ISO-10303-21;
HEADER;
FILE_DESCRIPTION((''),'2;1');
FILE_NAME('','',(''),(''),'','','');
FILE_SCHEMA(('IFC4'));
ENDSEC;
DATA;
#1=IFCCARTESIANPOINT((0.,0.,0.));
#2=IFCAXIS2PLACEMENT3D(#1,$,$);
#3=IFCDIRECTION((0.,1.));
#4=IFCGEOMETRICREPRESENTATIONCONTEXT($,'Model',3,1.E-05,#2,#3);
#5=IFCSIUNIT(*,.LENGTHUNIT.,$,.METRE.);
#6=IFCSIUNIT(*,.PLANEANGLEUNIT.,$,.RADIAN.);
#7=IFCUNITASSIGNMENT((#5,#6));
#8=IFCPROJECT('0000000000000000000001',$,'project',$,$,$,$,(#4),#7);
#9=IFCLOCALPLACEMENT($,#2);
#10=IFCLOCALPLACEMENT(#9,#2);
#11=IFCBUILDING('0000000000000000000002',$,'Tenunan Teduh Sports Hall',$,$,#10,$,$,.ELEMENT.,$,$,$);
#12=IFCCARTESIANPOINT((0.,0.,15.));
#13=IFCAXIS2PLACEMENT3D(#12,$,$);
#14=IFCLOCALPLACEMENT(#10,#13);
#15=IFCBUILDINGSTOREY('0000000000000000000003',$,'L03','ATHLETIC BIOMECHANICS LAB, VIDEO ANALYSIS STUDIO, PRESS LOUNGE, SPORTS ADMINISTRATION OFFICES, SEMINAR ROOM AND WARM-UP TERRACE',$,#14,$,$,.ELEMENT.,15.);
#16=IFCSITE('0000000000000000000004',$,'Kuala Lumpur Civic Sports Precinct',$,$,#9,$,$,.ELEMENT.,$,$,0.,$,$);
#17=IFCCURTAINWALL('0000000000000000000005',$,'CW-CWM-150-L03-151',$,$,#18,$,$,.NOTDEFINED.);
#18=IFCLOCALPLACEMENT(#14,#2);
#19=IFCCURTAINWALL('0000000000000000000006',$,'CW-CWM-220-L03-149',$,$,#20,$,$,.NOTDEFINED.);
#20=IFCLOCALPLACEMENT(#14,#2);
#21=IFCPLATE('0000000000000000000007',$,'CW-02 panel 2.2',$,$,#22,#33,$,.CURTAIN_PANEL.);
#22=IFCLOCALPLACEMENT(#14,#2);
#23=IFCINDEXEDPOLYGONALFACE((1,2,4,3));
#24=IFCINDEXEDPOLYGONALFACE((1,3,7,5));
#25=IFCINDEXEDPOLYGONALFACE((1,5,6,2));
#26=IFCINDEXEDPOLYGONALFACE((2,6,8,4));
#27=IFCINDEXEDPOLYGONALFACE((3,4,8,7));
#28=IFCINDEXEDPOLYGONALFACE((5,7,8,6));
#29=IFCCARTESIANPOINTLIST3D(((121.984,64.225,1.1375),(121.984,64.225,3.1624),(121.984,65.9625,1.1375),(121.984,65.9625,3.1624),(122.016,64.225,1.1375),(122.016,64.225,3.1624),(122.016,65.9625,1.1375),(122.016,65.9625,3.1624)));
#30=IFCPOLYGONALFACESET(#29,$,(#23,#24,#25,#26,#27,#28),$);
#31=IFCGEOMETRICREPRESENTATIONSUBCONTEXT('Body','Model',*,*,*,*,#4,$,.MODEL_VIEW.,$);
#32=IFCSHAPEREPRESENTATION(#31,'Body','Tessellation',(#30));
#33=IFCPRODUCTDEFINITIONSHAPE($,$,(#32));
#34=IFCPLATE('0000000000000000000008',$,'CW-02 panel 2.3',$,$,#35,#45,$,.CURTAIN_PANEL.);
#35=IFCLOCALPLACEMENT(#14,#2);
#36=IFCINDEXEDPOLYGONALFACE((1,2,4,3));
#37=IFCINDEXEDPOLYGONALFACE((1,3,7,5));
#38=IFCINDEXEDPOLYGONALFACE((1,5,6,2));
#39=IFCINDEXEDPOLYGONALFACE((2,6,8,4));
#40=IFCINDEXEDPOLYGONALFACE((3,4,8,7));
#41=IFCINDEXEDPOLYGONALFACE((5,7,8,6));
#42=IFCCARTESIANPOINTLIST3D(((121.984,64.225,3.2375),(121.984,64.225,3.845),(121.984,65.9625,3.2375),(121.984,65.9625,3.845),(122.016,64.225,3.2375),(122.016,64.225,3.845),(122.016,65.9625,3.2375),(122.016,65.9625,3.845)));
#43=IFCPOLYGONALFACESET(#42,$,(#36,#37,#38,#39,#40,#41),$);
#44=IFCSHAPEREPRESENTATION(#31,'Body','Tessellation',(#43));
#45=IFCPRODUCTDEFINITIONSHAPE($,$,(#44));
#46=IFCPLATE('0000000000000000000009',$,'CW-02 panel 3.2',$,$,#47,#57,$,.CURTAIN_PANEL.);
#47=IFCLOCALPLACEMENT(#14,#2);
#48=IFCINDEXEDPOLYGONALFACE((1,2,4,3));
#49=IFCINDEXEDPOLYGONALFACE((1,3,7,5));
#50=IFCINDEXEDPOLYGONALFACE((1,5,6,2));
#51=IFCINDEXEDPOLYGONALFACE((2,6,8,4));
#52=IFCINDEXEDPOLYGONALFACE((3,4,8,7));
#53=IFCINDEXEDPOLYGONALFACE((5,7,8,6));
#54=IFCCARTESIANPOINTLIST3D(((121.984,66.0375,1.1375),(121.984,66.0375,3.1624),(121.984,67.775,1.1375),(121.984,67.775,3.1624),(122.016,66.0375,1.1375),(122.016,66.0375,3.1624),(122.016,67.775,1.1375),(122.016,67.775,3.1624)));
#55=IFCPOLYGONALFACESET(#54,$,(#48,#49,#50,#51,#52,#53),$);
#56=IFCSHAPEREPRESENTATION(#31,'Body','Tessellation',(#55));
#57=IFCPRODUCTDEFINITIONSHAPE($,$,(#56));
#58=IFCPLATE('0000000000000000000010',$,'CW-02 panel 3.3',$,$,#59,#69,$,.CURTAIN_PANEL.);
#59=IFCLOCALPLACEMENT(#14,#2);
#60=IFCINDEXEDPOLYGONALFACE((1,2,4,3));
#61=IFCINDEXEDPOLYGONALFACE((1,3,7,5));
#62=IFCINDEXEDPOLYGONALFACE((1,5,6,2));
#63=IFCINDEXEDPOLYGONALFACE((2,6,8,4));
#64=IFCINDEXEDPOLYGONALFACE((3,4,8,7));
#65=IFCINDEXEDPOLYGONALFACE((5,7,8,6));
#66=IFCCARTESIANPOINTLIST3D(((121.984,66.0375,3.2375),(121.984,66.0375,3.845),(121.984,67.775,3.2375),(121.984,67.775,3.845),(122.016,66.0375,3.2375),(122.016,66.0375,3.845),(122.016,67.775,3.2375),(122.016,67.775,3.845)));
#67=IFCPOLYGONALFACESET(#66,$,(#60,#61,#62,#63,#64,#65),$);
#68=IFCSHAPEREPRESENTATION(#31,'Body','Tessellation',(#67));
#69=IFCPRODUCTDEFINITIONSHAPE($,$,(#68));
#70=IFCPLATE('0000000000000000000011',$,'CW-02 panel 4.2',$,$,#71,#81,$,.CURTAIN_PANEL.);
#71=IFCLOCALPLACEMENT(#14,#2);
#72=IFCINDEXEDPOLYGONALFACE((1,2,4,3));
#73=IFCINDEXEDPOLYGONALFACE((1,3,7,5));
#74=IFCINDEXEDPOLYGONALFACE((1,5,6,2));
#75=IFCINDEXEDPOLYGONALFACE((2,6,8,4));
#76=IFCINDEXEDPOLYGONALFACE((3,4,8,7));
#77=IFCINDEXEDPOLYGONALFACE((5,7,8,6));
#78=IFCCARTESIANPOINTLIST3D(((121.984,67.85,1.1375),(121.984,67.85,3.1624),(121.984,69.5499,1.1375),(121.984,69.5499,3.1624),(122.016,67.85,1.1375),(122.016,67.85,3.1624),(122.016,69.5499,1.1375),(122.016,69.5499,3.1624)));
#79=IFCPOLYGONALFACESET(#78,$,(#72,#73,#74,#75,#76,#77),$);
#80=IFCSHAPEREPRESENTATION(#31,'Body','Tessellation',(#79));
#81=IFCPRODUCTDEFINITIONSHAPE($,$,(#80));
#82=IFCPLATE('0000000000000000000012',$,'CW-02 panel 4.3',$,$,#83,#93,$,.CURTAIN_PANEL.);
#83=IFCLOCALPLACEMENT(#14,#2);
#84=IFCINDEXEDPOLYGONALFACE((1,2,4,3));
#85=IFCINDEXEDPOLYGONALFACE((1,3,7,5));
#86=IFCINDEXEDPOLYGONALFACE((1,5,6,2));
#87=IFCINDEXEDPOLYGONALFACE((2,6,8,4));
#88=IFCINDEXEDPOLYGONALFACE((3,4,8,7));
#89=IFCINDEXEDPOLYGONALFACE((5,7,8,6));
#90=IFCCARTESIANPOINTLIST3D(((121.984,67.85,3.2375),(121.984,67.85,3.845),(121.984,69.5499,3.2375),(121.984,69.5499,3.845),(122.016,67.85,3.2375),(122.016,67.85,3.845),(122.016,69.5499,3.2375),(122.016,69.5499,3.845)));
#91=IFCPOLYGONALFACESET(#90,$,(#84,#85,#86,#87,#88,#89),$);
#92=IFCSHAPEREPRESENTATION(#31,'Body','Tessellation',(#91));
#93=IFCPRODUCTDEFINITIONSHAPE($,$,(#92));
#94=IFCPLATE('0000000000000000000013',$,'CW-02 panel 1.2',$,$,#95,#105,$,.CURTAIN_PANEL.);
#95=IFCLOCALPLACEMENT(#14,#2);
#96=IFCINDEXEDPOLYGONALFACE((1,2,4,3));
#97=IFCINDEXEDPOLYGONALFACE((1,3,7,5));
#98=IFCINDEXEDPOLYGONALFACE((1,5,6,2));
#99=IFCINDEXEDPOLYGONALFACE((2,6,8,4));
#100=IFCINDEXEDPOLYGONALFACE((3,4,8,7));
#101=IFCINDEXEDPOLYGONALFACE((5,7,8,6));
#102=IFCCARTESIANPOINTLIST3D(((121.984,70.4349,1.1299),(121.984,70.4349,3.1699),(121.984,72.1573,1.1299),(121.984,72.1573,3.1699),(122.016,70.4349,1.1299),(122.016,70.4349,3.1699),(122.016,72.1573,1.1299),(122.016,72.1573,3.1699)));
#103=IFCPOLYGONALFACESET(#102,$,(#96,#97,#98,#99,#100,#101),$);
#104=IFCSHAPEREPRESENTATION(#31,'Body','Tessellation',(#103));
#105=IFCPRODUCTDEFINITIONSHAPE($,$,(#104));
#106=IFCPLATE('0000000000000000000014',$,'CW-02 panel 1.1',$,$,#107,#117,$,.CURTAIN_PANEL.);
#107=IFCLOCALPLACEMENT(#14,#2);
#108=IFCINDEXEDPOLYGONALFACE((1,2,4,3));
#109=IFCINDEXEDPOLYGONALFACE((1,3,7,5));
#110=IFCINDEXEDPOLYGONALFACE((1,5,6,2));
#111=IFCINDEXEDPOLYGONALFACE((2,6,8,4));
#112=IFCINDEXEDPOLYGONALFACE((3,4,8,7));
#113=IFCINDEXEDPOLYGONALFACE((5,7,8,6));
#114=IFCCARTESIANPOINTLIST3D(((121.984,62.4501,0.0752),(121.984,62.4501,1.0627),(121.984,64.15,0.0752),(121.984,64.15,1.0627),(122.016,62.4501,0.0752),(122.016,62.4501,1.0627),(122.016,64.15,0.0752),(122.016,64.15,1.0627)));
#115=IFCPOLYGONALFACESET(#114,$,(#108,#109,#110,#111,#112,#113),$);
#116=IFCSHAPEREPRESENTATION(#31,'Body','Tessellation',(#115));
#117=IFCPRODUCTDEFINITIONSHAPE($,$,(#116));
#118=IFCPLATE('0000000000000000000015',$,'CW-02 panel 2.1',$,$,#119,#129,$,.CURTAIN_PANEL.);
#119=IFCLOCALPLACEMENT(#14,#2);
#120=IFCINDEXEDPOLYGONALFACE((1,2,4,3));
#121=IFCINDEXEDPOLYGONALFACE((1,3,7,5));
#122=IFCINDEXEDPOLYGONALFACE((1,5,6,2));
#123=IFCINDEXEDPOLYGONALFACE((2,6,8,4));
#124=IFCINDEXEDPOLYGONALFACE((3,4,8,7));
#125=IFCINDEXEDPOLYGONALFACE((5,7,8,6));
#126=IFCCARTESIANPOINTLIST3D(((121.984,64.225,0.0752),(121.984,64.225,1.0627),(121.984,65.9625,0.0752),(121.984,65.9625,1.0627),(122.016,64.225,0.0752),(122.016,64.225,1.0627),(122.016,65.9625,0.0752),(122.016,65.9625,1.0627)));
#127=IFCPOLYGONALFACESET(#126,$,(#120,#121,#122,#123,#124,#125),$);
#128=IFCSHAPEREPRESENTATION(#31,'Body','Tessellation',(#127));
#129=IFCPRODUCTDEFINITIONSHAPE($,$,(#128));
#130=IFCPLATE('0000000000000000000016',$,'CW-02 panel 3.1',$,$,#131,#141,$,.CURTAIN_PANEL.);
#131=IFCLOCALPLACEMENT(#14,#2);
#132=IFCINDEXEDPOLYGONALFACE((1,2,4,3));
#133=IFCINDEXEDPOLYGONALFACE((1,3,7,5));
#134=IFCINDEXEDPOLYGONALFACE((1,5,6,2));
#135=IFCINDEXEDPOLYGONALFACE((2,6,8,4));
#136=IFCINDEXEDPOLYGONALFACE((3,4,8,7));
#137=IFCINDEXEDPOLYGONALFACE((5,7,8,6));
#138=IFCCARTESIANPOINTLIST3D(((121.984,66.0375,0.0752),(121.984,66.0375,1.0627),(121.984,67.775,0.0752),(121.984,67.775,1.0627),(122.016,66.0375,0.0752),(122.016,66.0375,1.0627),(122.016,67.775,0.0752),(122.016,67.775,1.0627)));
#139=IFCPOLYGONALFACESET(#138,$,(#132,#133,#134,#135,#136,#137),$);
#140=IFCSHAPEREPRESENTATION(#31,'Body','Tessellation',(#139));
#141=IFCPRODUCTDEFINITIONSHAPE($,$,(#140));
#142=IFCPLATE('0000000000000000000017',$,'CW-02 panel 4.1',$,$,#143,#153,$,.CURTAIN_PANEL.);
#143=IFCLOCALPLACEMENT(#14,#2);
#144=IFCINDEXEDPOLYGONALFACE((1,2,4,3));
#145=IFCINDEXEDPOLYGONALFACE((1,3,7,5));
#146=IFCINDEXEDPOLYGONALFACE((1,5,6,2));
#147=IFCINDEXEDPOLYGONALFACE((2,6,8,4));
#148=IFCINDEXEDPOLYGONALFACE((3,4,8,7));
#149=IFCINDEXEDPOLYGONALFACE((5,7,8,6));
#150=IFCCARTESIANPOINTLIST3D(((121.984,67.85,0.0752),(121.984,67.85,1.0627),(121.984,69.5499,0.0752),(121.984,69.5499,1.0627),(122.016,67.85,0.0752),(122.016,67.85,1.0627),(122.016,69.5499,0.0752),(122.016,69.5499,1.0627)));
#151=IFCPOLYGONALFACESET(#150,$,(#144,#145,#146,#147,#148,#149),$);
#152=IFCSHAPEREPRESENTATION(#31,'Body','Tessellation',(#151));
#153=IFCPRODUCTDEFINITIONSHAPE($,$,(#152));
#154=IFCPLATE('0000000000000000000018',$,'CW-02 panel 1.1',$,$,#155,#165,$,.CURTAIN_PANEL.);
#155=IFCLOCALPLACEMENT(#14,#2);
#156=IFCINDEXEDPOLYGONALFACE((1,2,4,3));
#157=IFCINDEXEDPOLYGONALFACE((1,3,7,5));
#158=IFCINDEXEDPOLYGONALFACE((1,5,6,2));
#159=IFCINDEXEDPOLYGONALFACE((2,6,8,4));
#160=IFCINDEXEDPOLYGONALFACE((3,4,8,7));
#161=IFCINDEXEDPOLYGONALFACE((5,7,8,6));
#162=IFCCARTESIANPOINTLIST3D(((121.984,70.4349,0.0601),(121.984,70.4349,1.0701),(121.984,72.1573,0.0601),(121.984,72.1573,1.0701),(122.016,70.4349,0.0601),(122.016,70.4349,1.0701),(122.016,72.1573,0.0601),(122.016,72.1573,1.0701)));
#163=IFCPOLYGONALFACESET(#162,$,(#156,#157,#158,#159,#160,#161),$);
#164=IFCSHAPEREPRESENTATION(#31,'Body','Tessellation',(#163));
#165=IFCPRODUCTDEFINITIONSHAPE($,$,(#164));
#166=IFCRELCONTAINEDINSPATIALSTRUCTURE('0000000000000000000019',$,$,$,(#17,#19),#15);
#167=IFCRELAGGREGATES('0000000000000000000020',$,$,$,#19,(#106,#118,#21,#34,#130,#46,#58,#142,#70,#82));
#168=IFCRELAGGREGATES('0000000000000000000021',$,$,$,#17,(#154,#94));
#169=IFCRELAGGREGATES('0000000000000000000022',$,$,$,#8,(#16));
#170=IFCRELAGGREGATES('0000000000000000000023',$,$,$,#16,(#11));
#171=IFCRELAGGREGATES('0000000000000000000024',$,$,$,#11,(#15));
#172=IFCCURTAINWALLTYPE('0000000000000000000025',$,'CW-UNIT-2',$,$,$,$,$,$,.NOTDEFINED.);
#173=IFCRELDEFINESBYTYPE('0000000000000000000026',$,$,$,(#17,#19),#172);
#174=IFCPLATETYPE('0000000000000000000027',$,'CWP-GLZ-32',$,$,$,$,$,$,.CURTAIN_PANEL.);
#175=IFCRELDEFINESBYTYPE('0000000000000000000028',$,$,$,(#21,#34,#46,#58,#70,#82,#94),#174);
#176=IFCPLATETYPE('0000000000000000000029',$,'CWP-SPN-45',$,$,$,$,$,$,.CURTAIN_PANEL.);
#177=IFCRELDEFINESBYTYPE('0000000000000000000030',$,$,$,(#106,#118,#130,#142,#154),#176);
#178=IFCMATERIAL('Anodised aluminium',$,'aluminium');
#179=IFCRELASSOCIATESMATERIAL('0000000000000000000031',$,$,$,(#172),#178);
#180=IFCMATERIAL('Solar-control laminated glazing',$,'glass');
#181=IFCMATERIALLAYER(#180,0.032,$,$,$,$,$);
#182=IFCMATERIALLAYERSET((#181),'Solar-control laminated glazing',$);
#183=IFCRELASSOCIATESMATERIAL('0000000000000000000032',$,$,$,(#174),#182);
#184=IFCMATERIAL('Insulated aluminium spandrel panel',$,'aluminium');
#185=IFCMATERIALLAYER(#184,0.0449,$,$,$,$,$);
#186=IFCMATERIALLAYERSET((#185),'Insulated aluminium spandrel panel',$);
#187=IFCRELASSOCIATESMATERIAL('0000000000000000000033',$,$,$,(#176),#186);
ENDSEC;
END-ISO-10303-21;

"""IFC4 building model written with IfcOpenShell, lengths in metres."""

from ifc_helpers import new_model, si_unit, direction, frame, origin, origin_2d, place, context, subcontext, project, spatial, rectangle, extrude, material, layer, layer_set, type_object, element, aggregate, save


model = new_model("IFC4")

# Units and contexts
model_context = context("Model", 3, precision=1e-05, world=origin(), true_north=direction((0.0, 1.0)))
body_context = subcontext(model_context, "Body", "Model", "MODEL_VIEW")
ifc_project = project(units=[si_unit("LENGTHUNIT", "METRE"), si_unit("PLANEANGLEUNIT", "RADIAN")], contexts=[model_context])

# Site, building, storey
site_placement = place(None, origin())
site = spatial("IfcSite", under=ifc_project, at=site_placement, Name="Kuala Lumpur Civic Sports Precinct", CompositionType="ELEMENT", RefElevation=0.0)
building_placement = place(site_placement, origin())
building = spatial("IfcBuilding", under=site, at=building_placement, Name="Tenunan Teduh Sports Hall", CompositionType="ELEMENT")
storey_placement = place(building_placement, frame((0.0, 0.0, 15.0)))
storey = spatial("IfcBuildingStorey", under=building, at=storey_placement, Name="L03", Description="ATHLETIC BIOMECHANICS LAB, VIDEO ANALYSIS STUDIO, PRESS LOUNGE, SPORTS ADMINISTRATION OFFICES, SEMINAR ROOM AND WARM-UP TERRACE", CompositionType="ELEMENT", Elevation=15.0)

# Curtain wall
ifc_material_1 = material(Name="Anodised aluminium", Category="aluminium")
curtain_wall_type = type_object("IfcCurtainWallType", Name="CW-UNIT-2", PredefinedType="NOTDEFINED", material=ifc_material_1)
curtain_wall_1_placement = place(storey_placement, origin())
curtain_wall_1 = element("IfcCurtainWall", 1, at=curtain_wall_1_placement, inside=storey, type_object=curtain_wall_type, Name="CW-CWM-150-L03-151", PredefinedType="NOTDEFINED")

# Curtain wall
curtain_wall_2_placement = place(storey_placement, origin())
curtain_wall_2 = element("IfcCurtainWall", 2, at=curtain_wall_2_placement, inside=storey, type_object=curtain_wall_type, Name="CW-CWM-220-L03-149", PredefinedType="NOTDEFINED")

# Plates
ifc_material_2 = material(Name="Solar-control laminated glazing", Category="glass")
ifc_layer_1 = layer(ifc_material_2, 0.032)
ifc_layer_set_1 = layer_set([ifc_layer_1], Name="Solar-control laminated glazing")
plate_type_1 = type_object("IfcPlateType", Name="CWP-GLZ-32", PredefinedType="CURTAIN_PANEL", material=ifc_layer_set_1)
plate_1_placement = place(storey_placement, frame((122.0, 65.0938, 1.1375), z_axis=(0.0, 0.0, 1.0), x_axis=(0.0, 1.0, 0.0)))
plate_1 = element("IfcPlate", 3, at=plate_1_placement, type_object=plate_type_1, Name="CW-02 panel 2.2", PredefinedType="CURTAIN_PANEL", context=body_context, shape_type="SweptSolid", body=[
    extrude(rectangle(XDim=1.7375, YDim=0.032, at=origin_2d()), origin(), (0.0, 0.0, 1.0), 2.0249),
])
plate_2_placement = place(storey_placement, frame((122.0, 65.0938, 3.2375), z_axis=(0.0, 0.0, 1.0), x_axis=(0.0, 1.0, 0.0)))
plate_2 = element("IfcPlate", 4, at=plate_2_placement, type_object=plate_type_1, Name="CW-02 panel 2.3", PredefinedType="CURTAIN_PANEL", context=body_context, shape_type="SweptSolid", body=[
    extrude(rectangle(XDim=1.7375, YDim=0.032, at=origin_2d()), origin(), (0.0, 0.0, 1.0), 0.6074),
])
plate_3_placement = place(storey_placement, frame((122.0, 66.9062, 1.1375), z_axis=(0.0, 0.0, 1.0), x_axis=(0.0, 1.0, 0.0)))
plate_3 = element("IfcPlate", 5, at=plate_3_placement, type_object=plate_type_1, Name="CW-02 panel 3.2", PredefinedType="CURTAIN_PANEL", context=body_context, shape_type="SweptSolid", body=[
    extrude(rectangle(XDim=1.7375, YDim=0.032, at=origin_2d()), origin(), (0.0, 0.0, 1.0), 2.0249),
])
plate_4_placement = place(storey_placement, frame((122.0, 66.9062, 3.2375), z_axis=(0.0, 0.0, 1.0), x_axis=(0.0, 1.0, 0.0)))
plate_4 = element("IfcPlate", 6, at=plate_4_placement, type_object=plate_type_1, Name="CW-02 panel 3.3", PredefinedType="CURTAIN_PANEL", context=body_context, shape_type="SweptSolid", body=[
    extrude(rectangle(XDim=1.7375, YDim=0.032, at=origin_2d()), origin(), (0.0, 0.0, 1.0), 0.6074),
])
plate_5_placement = place(storey_placement, frame((122.0, 68.7, 1.1375), z_axis=(0.0, 0.0, 1.0), x_axis=(0.0, 1.0, 0.0)))
plate_5 = element("IfcPlate", 7, at=plate_5_placement, type_object=plate_type_1, Name="CW-02 panel 4.2", PredefinedType="CURTAIN_PANEL", context=body_context, shape_type="SweptSolid", body=[
    extrude(rectangle(XDim=1.7, YDim=0.032, at=origin_2d()), origin(), (0.0, 0.0, 1.0), 2.0249),
])
plate_6_placement = place(storey_placement, frame((122.0, 68.7, 3.2375), z_axis=(0.0, 0.0, 1.0), x_axis=(0.0, 1.0, 0.0)))
plate_6 = element("IfcPlate", 8, at=plate_6_placement, type_object=plate_type_1, Name="CW-02 panel 4.3", PredefinedType="CURTAIN_PANEL", context=body_context, shape_type="SweptSolid", body=[
    extrude(rectangle(XDim=1.7, YDim=0.032, at=origin_2d()), origin(), (0.0, 0.0, 1.0), 0.6074),
])
plate_7_placement = place(storey_placement, frame((122.0, 71.2961, 1.1299), z_axis=(0.0, 0.0, 1.0), x_axis=(0.0, 1.0, 0.0)))
plate_7 = element("IfcPlate", 9, at=plate_7_placement, type_object=plate_type_1, Name="CW-02 panel 1.2", PredefinedType="CURTAIN_PANEL", context=body_context, shape_type="SweptSolid", body=[
    extrude(rectangle(XDim=1.7224, YDim=0.032, at=origin_2d()), origin(), (0.0, 0.0, 1.0), 2.04),
])
ifc_material_3 = material(Name="Insulated aluminium spandrel panel", Category="aluminium")
ifc_layer_2 = layer(ifc_material_3, 0.0449)
ifc_layer_set_2 = layer_set([ifc_layer_2], Name="Insulated aluminium spandrel panel")
plate_type_2 = type_object("IfcPlateType", Name="CWP-SPN-45", PredefinedType="CURTAIN_PANEL", material=ifc_layer_set_2)
plate_8_placement = place(storey_placement, frame((122.0, 63.3, 0.0752), z_axis=(0.0, 0.0, 1.0), x_axis=(0.0, 1.0, 0.0)))
plate_8 = element("IfcPlate", 10, at=plate_8_placement, type_object=plate_type_2, Name="CW-02 panel 1.1", PredefinedType="CURTAIN_PANEL", context=body_context, shape_type="SweptSolid", body=[
    extrude(rectangle(XDim=1.7, YDim=0.032, at=origin_2d()), origin(), (0.0, 0.0, 1.0), 0.9875),
])
plate_9_placement = place(storey_placement, frame((122.0, 65.0938, 0.0752), z_axis=(0.0, 0.0, 1.0), x_axis=(0.0, 1.0, 0.0)))
plate_9 = element("IfcPlate", 11, at=plate_9_placement, type_object=plate_type_2, Name="CW-02 panel 2.1", PredefinedType="CURTAIN_PANEL", context=body_context, shape_type="SweptSolid", body=[
    extrude(rectangle(XDim=1.7375, YDim=0.032, at=origin_2d()), origin(), (0.0, 0.0, 1.0), 0.9875),
])
plate_10_placement = place(storey_placement, frame((122.0, 66.9062, 0.0752), z_axis=(0.0, 0.0, 1.0), x_axis=(0.0, 1.0, 0.0)))
plate_10 = element("IfcPlate", 12, at=plate_10_placement, type_object=plate_type_2, Name="CW-02 panel 3.1", PredefinedType="CURTAIN_PANEL", context=body_context, shape_type="SweptSolid", body=[
    extrude(rectangle(XDim=1.7375, YDim=0.032, at=origin_2d()), origin(), (0.0, 0.0, 1.0), 0.9875),
])
plate_11_placement = place(storey_placement, frame((122.0, 68.7, 0.0752), z_axis=(0.0, 0.0, 1.0), x_axis=(0.0, 1.0, 0.0)))
plate_11 = element("IfcPlate", 13, at=plate_11_placement, type_object=plate_type_2, Name="CW-02 panel 4.1", PredefinedType="CURTAIN_PANEL", context=body_context, shape_type="SweptSolid", body=[
    extrude(rectangle(XDim=1.7, YDim=0.032, at=origin_2d()), origin(), (0.0, 0.0, 1.0), 0.9875),
])
aggregate(curtain_wall_2, [plate_8, plate_9, plate_1, plate_2, plate_10, plate_3, plate_4, plate_11, plate_5, plate_6])
plate_12_placement = place(storey_placement, frame((122.0, 71.2961, 0.0601), z_axis=(0.0, 0.0, 1.0), x_axis=(0.0, 1.0, 0.0)))
plate_12 = element("IfcPlate", 14, at=plate_12_placement, type_object=plate_type_2, Name="CW-02 panel 1.1", PredefinedType="CURTAIN_PANEL", context=body_context, shape_type="SweptSolid", body=[
    extrude(rectangle(XDim=1.7224, YDim=0.032, at=origin_2d()), origin(), (0.0, 0.0, 1.0), 1.01),
])
aggregate(curtain_wall_1, [plate_12, plate_7])

save(model, "model.ifc")
